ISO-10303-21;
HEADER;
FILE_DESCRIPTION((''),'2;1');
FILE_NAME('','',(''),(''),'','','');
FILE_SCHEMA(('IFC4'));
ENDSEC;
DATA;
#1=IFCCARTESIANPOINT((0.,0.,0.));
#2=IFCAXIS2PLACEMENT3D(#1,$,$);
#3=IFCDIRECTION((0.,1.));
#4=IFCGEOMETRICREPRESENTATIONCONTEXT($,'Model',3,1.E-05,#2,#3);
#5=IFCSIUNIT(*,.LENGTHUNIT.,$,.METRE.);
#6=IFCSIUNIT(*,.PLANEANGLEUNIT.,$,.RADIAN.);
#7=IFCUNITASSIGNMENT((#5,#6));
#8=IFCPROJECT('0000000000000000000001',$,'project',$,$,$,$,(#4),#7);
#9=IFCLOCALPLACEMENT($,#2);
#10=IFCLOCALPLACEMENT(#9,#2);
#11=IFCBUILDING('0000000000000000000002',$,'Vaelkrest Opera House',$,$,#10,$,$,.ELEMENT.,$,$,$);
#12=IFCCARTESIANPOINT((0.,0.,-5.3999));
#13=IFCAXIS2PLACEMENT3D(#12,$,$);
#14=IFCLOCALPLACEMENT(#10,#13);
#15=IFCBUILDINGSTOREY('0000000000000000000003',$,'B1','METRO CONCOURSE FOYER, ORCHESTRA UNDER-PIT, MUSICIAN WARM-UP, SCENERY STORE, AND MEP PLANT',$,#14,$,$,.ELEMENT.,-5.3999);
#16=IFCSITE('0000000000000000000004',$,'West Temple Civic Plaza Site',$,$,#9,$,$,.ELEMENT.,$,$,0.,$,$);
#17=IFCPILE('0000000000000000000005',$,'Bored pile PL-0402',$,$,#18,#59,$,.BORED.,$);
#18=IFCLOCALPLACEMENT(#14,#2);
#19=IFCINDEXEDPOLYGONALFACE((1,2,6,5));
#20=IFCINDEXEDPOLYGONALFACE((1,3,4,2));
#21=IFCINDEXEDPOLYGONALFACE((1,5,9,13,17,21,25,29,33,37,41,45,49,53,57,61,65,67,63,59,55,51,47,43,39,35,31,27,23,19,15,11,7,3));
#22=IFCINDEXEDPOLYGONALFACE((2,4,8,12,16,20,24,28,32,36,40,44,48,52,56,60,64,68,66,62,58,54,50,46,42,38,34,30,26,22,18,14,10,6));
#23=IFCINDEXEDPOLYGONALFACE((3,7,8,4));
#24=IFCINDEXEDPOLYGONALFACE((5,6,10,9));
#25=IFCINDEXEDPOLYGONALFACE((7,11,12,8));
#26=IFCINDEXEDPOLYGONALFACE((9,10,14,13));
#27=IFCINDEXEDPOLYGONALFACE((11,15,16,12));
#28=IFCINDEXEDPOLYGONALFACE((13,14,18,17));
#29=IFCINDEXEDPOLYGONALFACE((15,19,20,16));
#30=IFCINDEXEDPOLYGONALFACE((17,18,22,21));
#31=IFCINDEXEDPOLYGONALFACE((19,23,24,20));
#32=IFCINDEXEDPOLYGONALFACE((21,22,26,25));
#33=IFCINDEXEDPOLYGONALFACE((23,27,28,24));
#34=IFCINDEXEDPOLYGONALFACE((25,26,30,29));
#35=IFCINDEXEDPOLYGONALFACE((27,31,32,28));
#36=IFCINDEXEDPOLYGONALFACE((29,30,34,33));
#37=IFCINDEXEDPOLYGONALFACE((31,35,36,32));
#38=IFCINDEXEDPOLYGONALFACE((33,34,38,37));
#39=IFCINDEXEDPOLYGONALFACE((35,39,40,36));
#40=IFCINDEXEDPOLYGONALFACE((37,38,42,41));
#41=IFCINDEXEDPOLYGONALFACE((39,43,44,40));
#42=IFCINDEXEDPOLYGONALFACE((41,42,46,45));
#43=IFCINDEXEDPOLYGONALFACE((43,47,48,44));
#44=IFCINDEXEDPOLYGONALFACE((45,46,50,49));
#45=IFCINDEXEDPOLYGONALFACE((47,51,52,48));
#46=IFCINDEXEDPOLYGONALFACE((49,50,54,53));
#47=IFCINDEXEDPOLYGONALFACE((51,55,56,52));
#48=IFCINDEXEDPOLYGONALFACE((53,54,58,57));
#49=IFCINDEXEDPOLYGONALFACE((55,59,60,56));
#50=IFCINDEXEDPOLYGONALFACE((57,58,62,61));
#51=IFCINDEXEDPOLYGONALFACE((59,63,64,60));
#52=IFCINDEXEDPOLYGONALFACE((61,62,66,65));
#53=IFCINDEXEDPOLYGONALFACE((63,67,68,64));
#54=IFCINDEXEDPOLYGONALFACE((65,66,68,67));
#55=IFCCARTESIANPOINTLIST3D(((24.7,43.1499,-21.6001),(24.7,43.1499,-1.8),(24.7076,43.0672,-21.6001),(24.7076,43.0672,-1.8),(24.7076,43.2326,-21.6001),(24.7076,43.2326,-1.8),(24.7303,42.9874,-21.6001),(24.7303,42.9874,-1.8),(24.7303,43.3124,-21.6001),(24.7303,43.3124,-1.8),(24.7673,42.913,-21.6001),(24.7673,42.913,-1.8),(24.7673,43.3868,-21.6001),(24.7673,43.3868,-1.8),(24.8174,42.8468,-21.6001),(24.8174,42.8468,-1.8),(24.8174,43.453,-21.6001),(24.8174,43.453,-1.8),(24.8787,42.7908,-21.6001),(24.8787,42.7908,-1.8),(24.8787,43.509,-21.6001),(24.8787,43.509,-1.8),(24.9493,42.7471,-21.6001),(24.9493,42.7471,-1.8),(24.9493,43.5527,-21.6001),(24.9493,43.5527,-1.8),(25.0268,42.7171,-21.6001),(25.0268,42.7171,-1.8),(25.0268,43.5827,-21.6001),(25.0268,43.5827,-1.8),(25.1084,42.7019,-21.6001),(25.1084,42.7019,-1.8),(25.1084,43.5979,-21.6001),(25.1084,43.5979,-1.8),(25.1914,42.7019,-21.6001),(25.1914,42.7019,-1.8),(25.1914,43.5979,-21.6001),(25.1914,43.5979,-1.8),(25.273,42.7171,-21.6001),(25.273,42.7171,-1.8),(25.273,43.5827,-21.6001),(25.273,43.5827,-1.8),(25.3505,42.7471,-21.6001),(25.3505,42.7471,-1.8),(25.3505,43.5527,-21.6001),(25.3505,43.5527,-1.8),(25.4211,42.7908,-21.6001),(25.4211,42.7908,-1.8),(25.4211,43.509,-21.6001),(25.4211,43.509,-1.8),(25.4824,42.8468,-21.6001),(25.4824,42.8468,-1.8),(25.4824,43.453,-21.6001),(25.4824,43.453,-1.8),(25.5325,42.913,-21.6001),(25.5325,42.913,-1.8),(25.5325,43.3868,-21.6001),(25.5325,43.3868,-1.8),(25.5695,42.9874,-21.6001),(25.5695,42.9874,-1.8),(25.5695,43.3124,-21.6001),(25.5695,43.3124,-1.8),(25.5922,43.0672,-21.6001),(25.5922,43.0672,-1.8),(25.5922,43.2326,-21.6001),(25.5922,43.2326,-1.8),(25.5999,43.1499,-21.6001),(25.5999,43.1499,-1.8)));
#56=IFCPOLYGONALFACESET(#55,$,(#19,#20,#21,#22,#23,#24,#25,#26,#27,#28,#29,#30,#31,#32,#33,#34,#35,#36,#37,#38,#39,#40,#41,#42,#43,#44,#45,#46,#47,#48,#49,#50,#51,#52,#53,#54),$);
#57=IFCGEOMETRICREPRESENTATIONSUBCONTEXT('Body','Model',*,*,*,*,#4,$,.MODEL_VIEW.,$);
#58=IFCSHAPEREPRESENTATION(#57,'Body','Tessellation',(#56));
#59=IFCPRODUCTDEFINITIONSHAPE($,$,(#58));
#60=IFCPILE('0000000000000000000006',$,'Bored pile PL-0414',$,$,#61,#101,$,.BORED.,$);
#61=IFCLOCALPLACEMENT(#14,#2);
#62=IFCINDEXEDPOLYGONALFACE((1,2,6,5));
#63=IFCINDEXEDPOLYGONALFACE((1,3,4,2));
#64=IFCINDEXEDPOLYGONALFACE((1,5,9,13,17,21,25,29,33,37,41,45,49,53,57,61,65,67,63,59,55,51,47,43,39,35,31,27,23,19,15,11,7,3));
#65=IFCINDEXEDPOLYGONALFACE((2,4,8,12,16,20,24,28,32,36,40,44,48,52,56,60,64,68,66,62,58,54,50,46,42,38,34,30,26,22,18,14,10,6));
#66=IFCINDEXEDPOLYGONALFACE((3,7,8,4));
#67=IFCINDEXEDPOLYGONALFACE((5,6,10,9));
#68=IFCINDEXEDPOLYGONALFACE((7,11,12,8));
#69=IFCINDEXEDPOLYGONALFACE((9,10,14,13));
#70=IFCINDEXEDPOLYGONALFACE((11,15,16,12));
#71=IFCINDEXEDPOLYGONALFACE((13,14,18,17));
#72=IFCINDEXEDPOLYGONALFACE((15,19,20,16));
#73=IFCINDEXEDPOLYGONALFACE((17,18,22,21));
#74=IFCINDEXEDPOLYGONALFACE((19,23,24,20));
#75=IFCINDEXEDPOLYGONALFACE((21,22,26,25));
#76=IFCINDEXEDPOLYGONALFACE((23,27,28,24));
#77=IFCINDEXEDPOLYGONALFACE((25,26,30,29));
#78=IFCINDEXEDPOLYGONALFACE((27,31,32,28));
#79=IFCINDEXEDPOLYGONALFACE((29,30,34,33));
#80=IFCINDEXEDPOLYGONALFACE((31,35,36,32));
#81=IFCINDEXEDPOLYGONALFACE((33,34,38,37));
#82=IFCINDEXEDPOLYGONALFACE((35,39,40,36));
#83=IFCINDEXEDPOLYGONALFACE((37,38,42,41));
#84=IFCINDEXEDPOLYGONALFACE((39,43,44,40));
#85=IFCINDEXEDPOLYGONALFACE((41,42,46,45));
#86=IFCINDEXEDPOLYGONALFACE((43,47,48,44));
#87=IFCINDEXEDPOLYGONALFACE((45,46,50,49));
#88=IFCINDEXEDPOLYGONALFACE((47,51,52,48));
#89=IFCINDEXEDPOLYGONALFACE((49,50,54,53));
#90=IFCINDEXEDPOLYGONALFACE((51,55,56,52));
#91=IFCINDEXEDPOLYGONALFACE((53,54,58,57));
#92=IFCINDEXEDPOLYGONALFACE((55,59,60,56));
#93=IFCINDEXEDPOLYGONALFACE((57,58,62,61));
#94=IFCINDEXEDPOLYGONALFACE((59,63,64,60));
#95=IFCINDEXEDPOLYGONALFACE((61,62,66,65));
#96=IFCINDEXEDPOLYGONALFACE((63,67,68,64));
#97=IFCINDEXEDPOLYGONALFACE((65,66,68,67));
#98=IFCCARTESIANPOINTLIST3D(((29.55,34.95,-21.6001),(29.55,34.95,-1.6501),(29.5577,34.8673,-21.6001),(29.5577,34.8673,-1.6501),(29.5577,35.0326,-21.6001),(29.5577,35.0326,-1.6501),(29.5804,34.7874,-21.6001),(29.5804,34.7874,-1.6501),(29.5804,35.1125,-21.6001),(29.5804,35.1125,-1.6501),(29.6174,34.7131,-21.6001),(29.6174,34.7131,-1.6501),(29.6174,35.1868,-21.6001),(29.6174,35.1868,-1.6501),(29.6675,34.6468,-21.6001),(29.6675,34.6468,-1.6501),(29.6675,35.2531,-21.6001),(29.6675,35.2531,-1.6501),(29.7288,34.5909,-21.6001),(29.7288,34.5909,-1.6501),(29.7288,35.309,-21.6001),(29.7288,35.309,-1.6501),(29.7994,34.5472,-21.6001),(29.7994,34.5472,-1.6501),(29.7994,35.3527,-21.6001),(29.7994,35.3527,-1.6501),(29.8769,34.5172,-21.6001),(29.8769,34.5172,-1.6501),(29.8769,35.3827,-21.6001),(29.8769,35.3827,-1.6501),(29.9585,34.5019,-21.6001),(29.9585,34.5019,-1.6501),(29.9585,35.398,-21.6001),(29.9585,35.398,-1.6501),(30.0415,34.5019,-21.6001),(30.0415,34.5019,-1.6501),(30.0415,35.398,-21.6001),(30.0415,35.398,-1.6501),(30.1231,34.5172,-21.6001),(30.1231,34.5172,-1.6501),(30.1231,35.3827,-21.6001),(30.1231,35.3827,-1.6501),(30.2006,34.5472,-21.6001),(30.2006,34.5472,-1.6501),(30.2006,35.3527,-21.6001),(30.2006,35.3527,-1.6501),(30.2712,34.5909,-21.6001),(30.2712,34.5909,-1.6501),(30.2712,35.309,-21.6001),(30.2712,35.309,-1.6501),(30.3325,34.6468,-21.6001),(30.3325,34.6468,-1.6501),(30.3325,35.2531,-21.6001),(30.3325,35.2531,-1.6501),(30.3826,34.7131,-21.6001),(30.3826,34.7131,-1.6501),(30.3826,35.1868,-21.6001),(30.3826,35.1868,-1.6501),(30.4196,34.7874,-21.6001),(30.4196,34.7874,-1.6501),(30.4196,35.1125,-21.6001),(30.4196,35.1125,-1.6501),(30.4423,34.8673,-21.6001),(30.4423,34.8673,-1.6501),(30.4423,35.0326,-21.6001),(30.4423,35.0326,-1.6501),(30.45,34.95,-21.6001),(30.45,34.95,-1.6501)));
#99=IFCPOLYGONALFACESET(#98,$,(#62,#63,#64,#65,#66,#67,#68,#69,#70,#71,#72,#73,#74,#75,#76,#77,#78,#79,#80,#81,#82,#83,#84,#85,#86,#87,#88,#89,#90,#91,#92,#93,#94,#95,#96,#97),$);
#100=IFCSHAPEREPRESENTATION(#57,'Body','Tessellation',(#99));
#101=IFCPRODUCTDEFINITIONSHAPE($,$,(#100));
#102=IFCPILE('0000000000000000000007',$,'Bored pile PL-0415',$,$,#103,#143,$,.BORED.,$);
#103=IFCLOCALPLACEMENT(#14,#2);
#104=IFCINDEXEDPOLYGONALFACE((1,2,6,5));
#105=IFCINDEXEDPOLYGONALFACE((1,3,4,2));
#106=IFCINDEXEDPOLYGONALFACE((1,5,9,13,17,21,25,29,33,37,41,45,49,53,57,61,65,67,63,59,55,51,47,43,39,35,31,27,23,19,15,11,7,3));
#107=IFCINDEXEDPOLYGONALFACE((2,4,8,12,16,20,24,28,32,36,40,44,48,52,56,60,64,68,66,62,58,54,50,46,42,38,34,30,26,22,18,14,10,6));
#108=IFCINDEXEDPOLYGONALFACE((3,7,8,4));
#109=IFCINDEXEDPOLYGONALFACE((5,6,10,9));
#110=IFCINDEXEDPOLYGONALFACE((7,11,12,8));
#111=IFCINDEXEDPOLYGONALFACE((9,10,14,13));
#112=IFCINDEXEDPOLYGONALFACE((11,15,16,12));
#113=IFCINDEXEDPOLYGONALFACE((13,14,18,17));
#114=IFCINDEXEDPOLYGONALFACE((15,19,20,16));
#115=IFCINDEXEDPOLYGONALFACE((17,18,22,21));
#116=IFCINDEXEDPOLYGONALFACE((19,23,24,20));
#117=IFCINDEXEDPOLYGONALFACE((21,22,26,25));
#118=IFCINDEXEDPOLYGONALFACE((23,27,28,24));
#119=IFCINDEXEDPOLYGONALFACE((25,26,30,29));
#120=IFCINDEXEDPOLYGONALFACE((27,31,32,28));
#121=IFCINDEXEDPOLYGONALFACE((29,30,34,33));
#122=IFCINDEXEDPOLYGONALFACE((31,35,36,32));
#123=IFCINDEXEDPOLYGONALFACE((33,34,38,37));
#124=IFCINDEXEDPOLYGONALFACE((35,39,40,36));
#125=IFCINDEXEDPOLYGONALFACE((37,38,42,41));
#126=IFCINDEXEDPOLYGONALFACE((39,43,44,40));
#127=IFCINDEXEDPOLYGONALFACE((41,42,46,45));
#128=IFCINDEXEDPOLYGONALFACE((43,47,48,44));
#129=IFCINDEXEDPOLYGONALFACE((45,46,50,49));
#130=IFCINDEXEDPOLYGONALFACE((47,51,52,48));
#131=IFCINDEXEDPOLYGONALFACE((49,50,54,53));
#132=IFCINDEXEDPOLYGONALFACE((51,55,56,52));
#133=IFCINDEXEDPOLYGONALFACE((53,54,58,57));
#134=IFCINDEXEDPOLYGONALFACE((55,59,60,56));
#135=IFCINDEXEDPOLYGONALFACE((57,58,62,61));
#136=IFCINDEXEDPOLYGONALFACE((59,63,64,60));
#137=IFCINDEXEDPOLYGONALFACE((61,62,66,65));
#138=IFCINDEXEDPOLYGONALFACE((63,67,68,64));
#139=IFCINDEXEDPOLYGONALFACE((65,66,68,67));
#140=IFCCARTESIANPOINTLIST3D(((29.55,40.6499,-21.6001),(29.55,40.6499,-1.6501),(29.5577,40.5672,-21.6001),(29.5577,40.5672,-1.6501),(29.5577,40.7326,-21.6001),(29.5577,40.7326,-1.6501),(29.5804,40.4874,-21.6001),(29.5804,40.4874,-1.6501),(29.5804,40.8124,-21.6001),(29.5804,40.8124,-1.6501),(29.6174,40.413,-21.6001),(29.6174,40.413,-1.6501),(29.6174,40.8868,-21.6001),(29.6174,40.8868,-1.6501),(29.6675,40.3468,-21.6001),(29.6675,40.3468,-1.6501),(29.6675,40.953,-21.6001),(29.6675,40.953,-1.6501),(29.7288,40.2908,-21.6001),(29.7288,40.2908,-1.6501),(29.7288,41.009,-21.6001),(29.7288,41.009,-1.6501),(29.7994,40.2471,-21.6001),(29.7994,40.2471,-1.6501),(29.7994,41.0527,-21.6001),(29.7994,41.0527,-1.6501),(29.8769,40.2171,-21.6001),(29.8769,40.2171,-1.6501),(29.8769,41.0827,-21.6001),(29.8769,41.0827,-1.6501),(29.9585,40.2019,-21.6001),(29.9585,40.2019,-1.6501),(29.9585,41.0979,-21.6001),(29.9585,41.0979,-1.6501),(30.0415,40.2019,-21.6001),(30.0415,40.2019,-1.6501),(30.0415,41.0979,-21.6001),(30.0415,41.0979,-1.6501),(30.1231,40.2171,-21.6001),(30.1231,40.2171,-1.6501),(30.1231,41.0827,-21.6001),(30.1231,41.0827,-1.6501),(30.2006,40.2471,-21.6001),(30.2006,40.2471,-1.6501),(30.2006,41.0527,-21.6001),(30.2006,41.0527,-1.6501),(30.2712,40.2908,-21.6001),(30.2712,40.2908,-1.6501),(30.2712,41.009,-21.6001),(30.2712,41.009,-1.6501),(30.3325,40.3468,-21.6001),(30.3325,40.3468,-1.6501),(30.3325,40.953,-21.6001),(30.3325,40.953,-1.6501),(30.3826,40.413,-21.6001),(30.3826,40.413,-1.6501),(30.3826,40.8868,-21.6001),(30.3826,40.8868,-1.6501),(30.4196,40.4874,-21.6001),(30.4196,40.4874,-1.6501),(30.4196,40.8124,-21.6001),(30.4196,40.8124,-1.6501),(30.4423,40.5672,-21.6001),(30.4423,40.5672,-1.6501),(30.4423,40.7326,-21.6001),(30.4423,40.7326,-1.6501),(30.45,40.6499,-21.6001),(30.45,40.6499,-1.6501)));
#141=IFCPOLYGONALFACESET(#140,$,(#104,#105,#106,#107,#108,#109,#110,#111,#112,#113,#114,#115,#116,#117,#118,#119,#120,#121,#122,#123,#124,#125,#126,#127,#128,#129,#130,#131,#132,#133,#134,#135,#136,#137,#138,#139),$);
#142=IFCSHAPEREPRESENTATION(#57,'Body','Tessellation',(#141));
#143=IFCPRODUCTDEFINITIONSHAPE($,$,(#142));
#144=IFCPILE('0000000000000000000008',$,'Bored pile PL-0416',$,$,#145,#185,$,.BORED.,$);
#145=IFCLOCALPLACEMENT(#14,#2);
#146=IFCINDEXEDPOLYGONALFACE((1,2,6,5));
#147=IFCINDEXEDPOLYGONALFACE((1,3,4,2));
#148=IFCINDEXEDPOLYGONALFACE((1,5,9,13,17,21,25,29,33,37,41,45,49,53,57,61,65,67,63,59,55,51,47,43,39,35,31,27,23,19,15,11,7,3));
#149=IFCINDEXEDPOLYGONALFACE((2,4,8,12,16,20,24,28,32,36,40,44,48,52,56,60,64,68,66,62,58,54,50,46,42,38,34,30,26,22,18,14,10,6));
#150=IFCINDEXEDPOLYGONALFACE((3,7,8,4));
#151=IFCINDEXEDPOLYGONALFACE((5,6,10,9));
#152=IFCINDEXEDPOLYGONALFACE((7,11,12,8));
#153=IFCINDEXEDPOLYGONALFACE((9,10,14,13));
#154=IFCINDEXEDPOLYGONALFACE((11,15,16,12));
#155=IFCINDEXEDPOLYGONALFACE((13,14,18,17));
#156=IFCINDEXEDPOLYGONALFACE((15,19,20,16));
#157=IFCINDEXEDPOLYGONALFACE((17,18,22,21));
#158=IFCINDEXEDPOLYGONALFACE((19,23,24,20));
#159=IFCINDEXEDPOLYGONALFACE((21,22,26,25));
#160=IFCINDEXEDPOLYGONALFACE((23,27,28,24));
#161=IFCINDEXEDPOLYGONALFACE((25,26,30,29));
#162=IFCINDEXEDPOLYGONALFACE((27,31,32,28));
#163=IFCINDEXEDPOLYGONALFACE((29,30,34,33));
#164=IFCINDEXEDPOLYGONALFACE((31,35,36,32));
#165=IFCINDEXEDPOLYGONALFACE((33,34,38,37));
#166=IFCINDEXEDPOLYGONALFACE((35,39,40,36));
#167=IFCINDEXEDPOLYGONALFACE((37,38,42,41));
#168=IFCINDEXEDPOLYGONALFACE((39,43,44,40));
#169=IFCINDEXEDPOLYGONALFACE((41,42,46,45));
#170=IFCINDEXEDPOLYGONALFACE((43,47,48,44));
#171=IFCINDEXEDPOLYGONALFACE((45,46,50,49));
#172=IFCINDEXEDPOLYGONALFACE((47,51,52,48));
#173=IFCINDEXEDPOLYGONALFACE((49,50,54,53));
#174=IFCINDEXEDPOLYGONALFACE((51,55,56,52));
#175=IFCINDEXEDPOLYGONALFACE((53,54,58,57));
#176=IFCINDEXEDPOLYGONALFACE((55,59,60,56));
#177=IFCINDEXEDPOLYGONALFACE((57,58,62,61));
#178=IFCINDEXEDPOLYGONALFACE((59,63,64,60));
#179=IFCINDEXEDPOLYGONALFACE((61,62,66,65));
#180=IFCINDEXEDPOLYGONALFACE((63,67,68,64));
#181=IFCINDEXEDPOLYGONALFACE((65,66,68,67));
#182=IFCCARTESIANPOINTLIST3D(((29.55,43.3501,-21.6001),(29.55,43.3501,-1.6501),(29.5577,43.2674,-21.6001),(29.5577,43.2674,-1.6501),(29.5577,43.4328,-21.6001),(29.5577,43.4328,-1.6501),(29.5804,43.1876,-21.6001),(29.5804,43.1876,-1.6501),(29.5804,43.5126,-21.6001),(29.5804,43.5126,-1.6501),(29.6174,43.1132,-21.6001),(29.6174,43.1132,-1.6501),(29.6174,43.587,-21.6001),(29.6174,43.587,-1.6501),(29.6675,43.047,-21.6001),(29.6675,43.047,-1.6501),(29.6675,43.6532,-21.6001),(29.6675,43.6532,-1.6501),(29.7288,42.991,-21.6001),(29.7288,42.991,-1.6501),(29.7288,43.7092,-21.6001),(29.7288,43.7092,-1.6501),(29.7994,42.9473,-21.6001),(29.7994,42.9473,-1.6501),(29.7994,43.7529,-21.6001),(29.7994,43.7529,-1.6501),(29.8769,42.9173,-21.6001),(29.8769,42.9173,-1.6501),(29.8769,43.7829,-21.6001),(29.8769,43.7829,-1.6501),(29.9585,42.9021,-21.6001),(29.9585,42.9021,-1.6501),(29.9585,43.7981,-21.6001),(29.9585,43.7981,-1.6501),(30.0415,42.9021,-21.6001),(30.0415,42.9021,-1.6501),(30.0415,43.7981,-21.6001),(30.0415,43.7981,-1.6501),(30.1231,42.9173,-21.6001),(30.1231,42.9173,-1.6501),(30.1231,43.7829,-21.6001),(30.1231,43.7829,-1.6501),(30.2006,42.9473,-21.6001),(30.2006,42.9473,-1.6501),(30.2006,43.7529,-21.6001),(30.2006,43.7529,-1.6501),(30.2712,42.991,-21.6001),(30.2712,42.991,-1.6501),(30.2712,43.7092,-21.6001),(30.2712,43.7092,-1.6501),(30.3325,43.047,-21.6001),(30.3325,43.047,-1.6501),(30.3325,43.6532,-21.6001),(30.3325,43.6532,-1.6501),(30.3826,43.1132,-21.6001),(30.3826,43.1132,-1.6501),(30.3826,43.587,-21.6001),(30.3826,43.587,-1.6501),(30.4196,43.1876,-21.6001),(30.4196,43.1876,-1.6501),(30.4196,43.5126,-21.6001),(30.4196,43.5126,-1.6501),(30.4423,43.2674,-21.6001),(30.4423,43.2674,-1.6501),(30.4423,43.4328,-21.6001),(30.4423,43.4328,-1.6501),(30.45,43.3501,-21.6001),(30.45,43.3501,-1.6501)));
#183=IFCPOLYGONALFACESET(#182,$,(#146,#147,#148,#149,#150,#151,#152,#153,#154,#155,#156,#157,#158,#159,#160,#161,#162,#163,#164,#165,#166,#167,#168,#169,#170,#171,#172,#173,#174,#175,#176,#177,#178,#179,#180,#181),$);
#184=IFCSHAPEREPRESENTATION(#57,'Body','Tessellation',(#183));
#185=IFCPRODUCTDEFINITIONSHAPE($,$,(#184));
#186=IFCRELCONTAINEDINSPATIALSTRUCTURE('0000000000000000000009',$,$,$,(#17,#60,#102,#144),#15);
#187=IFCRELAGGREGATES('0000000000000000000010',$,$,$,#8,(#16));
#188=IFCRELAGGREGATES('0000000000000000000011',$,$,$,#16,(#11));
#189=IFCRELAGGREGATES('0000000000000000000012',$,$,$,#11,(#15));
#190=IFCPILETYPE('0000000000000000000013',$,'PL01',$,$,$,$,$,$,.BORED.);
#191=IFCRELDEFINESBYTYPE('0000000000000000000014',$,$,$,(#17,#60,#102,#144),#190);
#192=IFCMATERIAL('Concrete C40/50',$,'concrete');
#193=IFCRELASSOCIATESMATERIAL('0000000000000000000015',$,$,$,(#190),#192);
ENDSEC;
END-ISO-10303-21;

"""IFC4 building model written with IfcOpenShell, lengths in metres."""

from ifc_helpers import new_model, si_unit, direction, frame, origin, origin_2d, place, context, subcontext, project, spatial, circle, extrude, material, material_profile, profile_set, type_object, element, save


model = new_model("IFC4")

# Units and contexts
model_context = context("Model", 3, precision=1e-05, world=origin(), true_north=direction((0.0, 1.0)))
body_context = subcontext(model_context, "Body", "Model", "MODEL_VIEW")
ifc_project = project(units=[si_unit("LENGTHUNIT", "METRE"), si_unit("PLANEANGLEUNIT", "RADIAN")], contexts=[model_context])

# Site, building, storey
site_placement = place(None, origin())
site = spatial("IfcSite", under=ifc_project, at=site_placement, Name="West Temple Civic Plaza Site", CompositionType="ELEMENT", RefElevation=0.0)
building_placement = place(site_placement, origin())
building = spatial("IfcBuilding", under=site, at=building_placement, Name="Vaelkrest Opera House", CompositionType="ELEMENT")
storey_placement = place(building_placement, frame((0.0, 0.0, -5.3999)))
storey = spatial("IfcBuildingStorey", under=building, at=storey_placement, Name="B1", Description="METRO CONCOURSE FOYER, ORCHESTRA UNDER-PIT, MUSICIAN WARM-UP, SCENERY STORE, AND MEP PLANT", CompositionType="ELEMENT", Elevation=-5.3999)

# Shared definitions
ifc_material_1 = material(Name="Concrete C40/50", Category="concrete")

# Piles
ifc_material_profile_1 = material_profile(ifc_material_1, circle(Radius=0.45, at=origin_2d()), Name="PILE900")
ifc_profile_set_1 = profile_set([ifc_material_profile_1], Name="Concrete C40/50")
pile_type = type_object("IfcPileType", Name="PL01", PredefinedType="BORED", material=ifc_profile_set_1)
for number, where, z_axis, x_axis, name in (
    (1, (25.1499, 43.1499, -1.8), (0.0, 0.0, -1.0), (1.0, 0.0, 0.0), "Bored pile PL-0402"),
):
    element("IfcPile", number, at=place(storey_placement, frame(where, z_axis=z_axis, x_axis=x_axis)), inside=storey, type_object=pile_type, Name=name, PredefinedType="BORED", context=body_context, shape_type="SweptSolid", body=[
        extrude(circle(Radius=0.45, at=origin_2d()), origin(), (0.0, 0.0, 1.0), 19.8),
    ])
for number, where, z_axis, x_axis, name in (
    (2, (30.0, 34.95, -1.6501), (0.0, 0.0, -1.0), (1.0, 0.0, 0.0), "Bored pile PL-0414"),
    (3, (30.0, 40.6499, -1.6501), (0.0, 0.0, -1.0), (1.0, 0.0, 0.0), "Bored pile PL-0415"),
    (4, (30.0, 43.3501, -1.6501), (0.0, 0.0, -1.0), (1.0, 0.0, 0.0), "Bored pile PL-0416"),
):
    element("IfcPile", number, at=place(storey_placement, frame(where, z_axis=z_axis, x_axis=x_axis)), inside=storey, type_object=pile_type, Name=name, PredefinedType="BORED", context=body_context, shape_type="SweptSolid", body=[
        extrude(circle(Radius=0.45, at=origin_2d()), origin(), (0.0, 0.0, 1.0), 19.95),
    ])

save(model, "model.ifc")
